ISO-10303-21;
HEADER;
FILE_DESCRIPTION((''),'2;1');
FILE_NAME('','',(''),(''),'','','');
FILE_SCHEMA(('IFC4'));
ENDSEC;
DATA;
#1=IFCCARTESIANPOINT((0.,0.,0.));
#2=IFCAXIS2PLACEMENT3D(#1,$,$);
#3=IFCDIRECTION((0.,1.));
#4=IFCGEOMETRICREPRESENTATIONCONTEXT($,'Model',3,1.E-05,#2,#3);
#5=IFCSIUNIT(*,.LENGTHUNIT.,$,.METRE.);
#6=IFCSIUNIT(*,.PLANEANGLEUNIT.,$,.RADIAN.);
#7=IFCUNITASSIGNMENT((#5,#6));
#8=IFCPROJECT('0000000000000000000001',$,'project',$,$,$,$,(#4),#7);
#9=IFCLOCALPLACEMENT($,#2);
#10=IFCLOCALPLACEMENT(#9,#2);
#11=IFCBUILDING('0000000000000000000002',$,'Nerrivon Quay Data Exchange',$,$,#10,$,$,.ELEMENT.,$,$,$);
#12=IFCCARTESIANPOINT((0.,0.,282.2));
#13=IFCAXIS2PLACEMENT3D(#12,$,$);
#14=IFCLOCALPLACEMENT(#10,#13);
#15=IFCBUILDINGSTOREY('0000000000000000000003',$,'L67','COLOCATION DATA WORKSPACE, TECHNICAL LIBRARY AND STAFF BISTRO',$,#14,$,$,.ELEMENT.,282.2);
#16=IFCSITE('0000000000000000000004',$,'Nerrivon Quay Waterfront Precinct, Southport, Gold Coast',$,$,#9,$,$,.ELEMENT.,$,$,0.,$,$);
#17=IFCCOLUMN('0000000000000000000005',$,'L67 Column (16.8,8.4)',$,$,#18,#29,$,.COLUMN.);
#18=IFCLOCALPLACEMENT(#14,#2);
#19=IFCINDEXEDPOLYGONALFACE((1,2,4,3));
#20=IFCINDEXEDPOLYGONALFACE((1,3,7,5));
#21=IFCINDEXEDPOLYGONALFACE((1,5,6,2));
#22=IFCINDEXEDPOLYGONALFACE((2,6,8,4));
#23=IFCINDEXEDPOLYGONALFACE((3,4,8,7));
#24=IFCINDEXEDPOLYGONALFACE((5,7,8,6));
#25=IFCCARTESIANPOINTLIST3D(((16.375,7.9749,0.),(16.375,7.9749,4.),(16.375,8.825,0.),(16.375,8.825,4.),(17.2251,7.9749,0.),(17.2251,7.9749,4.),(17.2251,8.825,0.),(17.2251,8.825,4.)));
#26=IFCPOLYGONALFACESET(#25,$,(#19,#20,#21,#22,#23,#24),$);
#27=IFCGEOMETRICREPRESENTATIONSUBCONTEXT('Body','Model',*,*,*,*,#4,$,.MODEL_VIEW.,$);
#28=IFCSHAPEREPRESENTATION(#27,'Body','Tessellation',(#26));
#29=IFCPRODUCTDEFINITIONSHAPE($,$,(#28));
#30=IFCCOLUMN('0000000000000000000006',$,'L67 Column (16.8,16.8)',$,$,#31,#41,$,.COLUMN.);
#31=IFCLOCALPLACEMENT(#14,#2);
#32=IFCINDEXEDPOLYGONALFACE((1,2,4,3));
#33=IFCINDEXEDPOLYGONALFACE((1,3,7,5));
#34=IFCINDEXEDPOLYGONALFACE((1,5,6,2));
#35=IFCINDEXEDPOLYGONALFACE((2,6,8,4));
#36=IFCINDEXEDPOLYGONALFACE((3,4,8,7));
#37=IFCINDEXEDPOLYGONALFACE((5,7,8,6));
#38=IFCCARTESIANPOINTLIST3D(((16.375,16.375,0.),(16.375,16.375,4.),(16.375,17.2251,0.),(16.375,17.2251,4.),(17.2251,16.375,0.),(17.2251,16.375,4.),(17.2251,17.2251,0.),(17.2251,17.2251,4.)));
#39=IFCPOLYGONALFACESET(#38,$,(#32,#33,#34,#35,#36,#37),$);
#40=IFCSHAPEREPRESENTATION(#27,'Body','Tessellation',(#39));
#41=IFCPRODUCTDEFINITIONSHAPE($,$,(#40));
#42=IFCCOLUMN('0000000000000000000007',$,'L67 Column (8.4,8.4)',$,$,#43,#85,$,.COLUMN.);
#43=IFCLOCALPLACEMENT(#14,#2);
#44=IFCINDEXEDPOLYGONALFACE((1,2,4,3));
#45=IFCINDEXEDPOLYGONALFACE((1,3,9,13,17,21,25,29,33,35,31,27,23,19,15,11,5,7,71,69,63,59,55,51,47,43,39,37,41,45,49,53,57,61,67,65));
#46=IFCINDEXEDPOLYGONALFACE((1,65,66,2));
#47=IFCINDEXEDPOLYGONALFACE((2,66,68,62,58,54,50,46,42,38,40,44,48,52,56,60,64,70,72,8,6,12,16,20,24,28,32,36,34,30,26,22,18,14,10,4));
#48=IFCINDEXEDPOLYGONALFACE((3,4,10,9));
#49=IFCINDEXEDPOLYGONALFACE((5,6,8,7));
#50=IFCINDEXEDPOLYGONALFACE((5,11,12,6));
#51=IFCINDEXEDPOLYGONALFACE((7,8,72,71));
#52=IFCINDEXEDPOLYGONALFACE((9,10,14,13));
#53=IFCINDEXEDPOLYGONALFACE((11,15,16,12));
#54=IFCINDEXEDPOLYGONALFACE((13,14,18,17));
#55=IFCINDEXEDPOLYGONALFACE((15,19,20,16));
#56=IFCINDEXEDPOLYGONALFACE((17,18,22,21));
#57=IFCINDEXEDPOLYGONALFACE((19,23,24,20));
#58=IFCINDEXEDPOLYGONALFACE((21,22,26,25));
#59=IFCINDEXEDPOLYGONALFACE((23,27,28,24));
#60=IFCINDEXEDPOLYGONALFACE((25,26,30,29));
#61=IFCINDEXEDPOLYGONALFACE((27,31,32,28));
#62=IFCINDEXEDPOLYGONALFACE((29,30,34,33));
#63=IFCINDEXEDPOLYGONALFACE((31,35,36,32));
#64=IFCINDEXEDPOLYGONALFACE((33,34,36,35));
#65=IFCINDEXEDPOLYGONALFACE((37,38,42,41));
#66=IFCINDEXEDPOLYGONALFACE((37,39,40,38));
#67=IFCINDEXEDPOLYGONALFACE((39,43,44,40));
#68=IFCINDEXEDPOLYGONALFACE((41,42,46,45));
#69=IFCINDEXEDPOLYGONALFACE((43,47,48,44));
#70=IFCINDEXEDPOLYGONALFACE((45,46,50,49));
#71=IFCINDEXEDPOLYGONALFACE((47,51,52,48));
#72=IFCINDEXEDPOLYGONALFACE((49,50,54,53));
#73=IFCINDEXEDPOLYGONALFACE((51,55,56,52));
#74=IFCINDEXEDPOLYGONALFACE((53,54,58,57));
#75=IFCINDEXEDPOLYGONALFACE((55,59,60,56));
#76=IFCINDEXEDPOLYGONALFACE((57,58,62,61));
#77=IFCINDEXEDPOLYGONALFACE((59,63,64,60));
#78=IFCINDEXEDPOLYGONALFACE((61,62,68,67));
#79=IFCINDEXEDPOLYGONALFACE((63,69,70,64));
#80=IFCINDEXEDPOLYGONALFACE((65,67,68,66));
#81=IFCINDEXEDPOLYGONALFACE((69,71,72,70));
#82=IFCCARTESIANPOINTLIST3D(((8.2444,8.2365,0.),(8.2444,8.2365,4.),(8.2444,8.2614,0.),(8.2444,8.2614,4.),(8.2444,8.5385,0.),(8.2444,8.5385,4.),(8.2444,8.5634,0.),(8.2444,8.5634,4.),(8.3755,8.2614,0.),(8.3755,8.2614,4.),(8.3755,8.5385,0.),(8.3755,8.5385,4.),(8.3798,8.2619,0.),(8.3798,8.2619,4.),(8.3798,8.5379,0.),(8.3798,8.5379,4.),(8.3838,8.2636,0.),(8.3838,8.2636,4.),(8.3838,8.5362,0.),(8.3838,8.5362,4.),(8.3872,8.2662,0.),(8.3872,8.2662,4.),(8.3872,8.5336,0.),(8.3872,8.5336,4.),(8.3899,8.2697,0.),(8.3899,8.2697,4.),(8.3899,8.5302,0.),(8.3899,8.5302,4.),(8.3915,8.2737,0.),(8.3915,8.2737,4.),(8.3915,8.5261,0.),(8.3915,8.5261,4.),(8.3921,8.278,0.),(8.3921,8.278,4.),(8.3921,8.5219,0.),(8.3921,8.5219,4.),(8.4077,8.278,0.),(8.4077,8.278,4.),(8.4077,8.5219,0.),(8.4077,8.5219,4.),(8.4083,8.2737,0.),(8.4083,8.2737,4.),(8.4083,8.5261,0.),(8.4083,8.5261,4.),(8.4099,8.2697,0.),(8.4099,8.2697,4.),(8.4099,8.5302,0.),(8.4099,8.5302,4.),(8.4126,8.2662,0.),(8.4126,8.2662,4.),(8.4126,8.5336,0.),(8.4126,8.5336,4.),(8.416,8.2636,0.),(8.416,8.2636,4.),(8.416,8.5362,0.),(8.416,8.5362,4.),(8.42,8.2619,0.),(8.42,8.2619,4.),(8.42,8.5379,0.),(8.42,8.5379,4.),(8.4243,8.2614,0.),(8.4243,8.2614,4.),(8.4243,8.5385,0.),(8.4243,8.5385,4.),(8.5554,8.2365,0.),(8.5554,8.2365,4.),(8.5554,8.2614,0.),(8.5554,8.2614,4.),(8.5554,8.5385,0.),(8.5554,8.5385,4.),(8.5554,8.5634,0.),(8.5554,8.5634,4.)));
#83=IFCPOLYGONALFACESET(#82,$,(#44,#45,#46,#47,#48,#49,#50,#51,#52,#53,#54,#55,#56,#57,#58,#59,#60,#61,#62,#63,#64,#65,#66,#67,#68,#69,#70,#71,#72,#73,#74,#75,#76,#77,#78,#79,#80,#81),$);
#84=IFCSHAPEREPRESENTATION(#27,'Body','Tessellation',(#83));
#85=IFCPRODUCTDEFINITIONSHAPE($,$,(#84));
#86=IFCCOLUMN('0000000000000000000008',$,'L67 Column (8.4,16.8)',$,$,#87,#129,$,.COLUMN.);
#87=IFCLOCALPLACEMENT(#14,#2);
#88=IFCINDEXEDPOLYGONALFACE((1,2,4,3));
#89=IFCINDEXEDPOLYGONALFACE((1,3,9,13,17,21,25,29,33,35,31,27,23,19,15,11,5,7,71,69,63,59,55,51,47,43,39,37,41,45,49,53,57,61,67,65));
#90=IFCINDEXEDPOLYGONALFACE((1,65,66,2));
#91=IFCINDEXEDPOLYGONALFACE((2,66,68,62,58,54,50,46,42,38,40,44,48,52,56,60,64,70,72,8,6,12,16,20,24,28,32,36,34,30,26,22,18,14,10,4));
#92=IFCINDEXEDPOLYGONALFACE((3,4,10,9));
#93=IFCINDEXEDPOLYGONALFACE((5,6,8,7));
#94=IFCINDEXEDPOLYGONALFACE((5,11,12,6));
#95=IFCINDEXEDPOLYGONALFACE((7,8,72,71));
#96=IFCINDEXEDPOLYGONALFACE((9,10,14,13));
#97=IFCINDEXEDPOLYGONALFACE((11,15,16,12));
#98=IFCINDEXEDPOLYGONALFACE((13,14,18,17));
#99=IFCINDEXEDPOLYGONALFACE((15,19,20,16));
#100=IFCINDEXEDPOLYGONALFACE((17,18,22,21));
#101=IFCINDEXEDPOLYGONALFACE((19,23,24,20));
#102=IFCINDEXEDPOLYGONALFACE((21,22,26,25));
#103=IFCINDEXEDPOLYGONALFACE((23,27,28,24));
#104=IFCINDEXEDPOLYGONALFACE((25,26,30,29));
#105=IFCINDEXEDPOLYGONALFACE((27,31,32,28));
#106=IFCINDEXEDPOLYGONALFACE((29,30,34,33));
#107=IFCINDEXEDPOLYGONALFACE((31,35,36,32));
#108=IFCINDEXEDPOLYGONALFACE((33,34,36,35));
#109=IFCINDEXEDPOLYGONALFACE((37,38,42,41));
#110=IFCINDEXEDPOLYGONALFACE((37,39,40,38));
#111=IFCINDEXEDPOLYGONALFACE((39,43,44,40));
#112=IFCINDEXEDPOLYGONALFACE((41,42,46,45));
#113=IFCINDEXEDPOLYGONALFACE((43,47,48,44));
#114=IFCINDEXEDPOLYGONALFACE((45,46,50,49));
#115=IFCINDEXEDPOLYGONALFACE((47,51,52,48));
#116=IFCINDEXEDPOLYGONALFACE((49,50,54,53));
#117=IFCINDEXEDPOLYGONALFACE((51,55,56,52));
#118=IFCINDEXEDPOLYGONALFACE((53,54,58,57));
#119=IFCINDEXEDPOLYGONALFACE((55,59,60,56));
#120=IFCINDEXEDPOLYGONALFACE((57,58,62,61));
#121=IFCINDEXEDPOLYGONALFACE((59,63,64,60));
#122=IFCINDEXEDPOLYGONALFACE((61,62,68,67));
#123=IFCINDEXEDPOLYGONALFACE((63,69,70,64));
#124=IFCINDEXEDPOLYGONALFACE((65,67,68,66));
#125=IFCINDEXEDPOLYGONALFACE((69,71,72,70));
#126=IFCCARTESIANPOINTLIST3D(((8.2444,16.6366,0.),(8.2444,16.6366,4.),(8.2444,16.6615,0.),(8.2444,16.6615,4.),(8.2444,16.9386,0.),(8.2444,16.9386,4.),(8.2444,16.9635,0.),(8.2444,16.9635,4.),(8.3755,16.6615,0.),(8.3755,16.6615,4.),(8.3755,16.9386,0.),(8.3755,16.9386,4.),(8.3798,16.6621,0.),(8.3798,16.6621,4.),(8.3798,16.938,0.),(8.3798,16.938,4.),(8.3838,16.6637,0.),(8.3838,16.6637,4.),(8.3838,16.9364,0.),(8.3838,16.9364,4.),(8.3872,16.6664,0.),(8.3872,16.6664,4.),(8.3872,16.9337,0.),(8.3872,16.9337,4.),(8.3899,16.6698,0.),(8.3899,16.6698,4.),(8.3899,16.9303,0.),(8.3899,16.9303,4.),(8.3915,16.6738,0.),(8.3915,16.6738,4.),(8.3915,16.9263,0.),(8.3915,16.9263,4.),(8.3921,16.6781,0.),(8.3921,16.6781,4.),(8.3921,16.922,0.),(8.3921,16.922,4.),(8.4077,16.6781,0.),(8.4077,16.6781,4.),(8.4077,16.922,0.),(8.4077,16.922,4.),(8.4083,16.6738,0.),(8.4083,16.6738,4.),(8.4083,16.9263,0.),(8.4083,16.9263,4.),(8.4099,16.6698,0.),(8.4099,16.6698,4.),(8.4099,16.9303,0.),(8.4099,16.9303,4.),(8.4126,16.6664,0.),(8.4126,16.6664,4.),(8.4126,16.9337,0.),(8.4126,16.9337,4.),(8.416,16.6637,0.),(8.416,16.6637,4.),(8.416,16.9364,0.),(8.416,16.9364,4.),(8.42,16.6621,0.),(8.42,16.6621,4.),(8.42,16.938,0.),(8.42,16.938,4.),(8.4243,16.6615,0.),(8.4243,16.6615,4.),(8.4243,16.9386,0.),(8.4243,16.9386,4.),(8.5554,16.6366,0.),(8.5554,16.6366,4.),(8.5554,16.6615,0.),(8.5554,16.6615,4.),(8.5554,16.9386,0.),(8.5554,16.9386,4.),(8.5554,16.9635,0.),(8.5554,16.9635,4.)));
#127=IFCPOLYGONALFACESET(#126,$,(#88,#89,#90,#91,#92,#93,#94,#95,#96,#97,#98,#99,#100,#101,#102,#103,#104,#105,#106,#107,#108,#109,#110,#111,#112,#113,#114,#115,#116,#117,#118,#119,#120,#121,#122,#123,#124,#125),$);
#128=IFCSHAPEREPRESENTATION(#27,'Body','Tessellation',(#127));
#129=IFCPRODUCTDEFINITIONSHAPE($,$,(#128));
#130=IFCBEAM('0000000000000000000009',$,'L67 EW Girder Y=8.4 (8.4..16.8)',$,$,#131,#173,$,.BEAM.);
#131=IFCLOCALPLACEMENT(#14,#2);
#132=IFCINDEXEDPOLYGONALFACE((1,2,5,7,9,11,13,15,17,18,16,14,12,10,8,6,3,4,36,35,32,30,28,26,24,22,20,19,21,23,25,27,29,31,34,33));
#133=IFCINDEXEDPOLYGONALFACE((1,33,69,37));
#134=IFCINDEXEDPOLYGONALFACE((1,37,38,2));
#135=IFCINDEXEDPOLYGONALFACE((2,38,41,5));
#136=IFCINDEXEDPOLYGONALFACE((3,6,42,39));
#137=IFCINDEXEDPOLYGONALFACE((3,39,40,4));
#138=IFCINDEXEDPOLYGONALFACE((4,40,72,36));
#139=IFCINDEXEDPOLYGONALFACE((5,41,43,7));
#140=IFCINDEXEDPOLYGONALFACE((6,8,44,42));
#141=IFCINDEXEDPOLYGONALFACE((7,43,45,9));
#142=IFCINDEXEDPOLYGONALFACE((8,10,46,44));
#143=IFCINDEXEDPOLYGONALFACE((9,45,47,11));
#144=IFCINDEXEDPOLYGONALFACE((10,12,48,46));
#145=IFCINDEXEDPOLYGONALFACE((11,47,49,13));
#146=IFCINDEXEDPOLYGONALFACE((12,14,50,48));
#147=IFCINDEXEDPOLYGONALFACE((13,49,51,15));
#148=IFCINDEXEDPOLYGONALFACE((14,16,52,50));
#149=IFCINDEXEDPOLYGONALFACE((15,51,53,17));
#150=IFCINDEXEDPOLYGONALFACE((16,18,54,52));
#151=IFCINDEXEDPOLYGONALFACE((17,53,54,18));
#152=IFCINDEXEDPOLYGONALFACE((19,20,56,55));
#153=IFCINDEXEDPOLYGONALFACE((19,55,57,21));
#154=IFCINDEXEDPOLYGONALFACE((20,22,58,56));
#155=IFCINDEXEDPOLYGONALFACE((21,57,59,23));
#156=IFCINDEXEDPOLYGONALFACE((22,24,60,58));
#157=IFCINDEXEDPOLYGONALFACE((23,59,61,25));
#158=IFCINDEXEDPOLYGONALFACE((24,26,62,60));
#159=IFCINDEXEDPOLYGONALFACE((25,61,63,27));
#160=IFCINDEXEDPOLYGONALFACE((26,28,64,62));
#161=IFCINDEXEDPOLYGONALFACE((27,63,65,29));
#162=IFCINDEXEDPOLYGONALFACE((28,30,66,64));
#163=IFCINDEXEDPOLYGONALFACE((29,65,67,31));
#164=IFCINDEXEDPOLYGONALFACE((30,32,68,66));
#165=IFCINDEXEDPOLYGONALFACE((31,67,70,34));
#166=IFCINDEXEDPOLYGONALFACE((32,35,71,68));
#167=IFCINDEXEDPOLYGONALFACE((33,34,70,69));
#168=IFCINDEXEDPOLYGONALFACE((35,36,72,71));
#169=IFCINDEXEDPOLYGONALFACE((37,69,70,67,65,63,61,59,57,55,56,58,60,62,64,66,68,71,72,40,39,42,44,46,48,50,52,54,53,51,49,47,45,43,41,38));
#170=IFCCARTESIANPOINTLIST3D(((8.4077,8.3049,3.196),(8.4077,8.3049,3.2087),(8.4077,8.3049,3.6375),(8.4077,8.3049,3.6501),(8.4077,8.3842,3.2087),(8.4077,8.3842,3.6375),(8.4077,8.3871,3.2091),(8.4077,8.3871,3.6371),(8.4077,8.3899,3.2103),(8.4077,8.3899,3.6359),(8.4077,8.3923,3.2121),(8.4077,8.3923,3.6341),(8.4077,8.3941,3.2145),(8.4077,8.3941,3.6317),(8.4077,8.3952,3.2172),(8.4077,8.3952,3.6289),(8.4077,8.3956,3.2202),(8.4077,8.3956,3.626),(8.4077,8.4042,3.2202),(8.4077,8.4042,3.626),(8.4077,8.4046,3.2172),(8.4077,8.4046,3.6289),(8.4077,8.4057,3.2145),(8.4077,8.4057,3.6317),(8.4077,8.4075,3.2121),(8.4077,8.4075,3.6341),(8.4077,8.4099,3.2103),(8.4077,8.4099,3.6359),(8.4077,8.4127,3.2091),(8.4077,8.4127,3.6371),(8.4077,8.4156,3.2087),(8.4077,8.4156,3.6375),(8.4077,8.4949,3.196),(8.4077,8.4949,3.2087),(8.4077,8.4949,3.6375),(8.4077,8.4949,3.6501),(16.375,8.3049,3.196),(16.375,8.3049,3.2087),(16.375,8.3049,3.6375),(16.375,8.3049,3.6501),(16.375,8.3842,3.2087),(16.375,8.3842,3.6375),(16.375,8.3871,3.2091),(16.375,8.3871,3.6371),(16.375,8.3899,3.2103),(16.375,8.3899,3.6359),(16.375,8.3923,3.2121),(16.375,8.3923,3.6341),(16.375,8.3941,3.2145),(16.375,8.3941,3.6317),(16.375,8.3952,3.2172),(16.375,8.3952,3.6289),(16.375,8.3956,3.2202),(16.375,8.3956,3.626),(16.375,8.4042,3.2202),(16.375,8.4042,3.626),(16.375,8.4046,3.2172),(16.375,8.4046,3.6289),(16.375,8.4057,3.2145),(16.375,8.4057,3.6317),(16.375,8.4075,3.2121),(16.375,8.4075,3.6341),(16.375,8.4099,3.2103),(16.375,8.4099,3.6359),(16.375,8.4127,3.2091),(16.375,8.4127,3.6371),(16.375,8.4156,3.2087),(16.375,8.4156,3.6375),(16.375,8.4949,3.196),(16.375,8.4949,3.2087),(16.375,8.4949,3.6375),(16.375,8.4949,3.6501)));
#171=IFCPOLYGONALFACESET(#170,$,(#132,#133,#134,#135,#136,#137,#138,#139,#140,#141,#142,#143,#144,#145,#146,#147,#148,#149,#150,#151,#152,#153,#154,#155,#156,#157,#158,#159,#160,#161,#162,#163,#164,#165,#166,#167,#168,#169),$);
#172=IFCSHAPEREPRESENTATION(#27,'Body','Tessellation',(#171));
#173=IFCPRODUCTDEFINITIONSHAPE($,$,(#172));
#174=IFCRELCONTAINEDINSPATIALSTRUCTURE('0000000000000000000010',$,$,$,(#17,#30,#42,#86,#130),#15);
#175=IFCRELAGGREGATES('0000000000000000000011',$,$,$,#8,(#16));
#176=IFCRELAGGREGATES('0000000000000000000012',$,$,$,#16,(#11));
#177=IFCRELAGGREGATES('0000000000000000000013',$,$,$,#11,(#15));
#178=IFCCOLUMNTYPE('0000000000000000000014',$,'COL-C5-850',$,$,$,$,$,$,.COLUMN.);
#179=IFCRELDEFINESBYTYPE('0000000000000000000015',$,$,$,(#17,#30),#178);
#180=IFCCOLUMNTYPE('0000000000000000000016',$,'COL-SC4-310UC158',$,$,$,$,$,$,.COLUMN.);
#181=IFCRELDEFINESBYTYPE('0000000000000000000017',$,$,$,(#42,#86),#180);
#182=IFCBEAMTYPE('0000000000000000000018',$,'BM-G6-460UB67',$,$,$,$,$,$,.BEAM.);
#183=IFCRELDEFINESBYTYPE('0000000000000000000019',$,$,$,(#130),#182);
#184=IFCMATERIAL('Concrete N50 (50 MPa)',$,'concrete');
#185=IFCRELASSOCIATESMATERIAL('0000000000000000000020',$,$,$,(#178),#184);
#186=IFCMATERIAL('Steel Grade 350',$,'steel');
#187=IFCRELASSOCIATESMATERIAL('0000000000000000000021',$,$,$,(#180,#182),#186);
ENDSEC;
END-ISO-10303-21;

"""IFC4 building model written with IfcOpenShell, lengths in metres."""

from ifc_helpers import new_model, si_unit, direction, frame, origin, origin_2d, place, context, subcontext, project, spatial, rectangle, i_section, extrude, material, material_profile, profile_set, type_object, element, save


model = new_model("IFC4")

# Units and contexts
model_context = context("Model", 3, precision=1e-05, world=origin(), true_north=direction((0.0, 1.0)))
body_context = subcontext(model_context, "Body", "Model", "MODEL_VIEW")
ifc_project = project(units=[si_unit("LENGTHUNIT", "METRE"), si_unit("PLANEANGLEUNIT", "RADIAN")], contexts=[model_context])

# Site, building, storey
site_placement = place(None, origin())
site = spatial("IfcSite", under=ifc_project, at=site_placement, Name="Nerrivon Quay Waterfront Precinct, Southport, Gold Coast", CompositionType="ELEMENT", RefElevation=0.0)
building_placement = place(site_placement, origin())
building = spatial("IfcBuilding", under=site, at=building_placement, Name="Nerrivon Quay Data Exchange", CompositionType="ELEMENT")
storey_placement = place(building_placement, frame((0.0, 0.0, 282.2)))
storey = spatial("IfcBuildingStorey", under=building, at=storey_placement, Name="L67", Description="COLOCATION DATA WORKSPACE, TECHNICAL LIBRARY AND STAFF BISTRO", CompositionType="ELEMENT", Elevation=282.2)

# Columns
ifc_material_1 = material(Name="Concrete N50 (50 MPa)", Category="concrete")
ifc_material_profile_1 = material_profile(ifc_material_1, rectangle(XDim=0.8501, YDim=0.8501, at=origin_2d()), Name="RC-COL-850x850")
ifc_profile_set_1 = profile_set([ifc_material_profile_1], Name="Concrete N50 (50 MPa)")
column_type_1 = type_object("IfcColumnType", Name="COL-C5-850", PredefinedType="COLUMN", material=ifc_profile_set_1)
for number, where, z_axis, x_axis, name in (
    (1, (16.8, 8.3999, 0.0), (0.0, 0.0, 1.0), (1.0, 0.0, 0.0), "L67 Column (16.8,8.4)"),
    (2, (16.8, 16.8, 0.0), (0.0, 0.0, 1.0), (1.0, 0.0, 0.0), "L67 Column (16.8,16.8)"),
):
    element("IfcColumn", number, at=place(storey_placement, frame(where, z_axis=z_axis, x_axis=x_axis)), inside=storey, type_object=column_type_1, Name=name, PredefinedType="COLUMN", context=body_context, shape_type="SweptSolid", body=[
        extrude(rectangle(XDim=0.8501, YDim=0.8501, at=origin_2d()), origin(), (0.0, 0.0, 1.0), 4.0),
    ])
ifc_material_2 = material(Name="Steel Grade 350", Category="steel")
ifc_material_profile_2 = material_profile(ifc_material_2, i_section(OverallWidth=0.311, OverallDepth=0.3269, WebThickness=0.0156, FlangeThickness=0.0249, FilletRadius=0.0166, at=origin_2d()), Name="310UC158")
ifc_profile_set_2 = profile_set([ifc_material_profile_2], Name="Steel Grade 350")
column_type_2 = type_object("IfcColumnType", Name="COL-SC4-310UC158", PredefinedType="COLUMN", material=ifc_profile_set_2)
for number, where, z_axis, x_axis, name in (
    (3, (8.3999, 8.3999, 0.0), (0.0, 0.0, 1.0), (1.0, 0.0, 0.0), "L67 Column (8.4,8.4)"),
    (4, (8.3999, 16.8, 0.0), (0.0, 0.0, 1.0), (1.0, 0.0, 0.0), "L67 Column (8.4,16.8)"),
):
    element("IfcColumn", number, at=place(storey_placement, frame(where, z_axis=z_axis, x_axis=x_axis)), inside=storey, type_object=column_type_2, Name=name, PredefinedType="COLUMN", context=body_context, shape_type="SweptSolid", body=[
        extrude(i_section(OverallWidth=0.311, OverallDepth=0.3269, WebThickness=0.0156, FlangeThickness=0.0249, FilletRadius=0.0166, at=origin_2d()), origin(), (0.0, 0.0, 1.0), 4.0),
    ])

# Beam
ifc_material_profile_3 = material_profile(ifc_material_2, i_section(OverallWidth=0.1899, OverallDepth=0.4541, WebThickness=0.0085, FlangeThickness=0.0127, FilletRadius=0.0115, at=origin_2d()), Name="460UB67.1")
ifc_profile_set_3 = profile_set([ifc_material_profile_3], Name="Steel Grade 350")
beam_type_1 = type_object("IfcBeamType", Name="BM-G6-460UB67", PredefinedType="BEAM", material=ifc_profile_set_3)
for number, where, z_axis, x_axis, name in (
    (5, (8.4077, 8.3999, 3.4231), (1.0, 0.0, 0.0), (0.0, 1.0, 0.0), "L67 EW Girder Y=8.4 (8.4..16.8)"),
):
    element("IfcBeam", number, at=place(storey_placement, frame(where, z_axis=z_axis, x_axis=x_axis)), inside=storey, type_object=beam_type_1, Name=name, PredefinedType="BEAM", context=body_context, shape_type="SweptSolid", body=[
        extrude(i_section(OverallWidth=0.1899, OverallDepth=0.4541, WebThickness=0.0085, FlangeThickness=0.0127, FilletRadius=0.0115, at=origin_2d()), origin(), (0.0, 0.0, 1.0), 7.9673),
    ])

save(model, "model.ifc")
